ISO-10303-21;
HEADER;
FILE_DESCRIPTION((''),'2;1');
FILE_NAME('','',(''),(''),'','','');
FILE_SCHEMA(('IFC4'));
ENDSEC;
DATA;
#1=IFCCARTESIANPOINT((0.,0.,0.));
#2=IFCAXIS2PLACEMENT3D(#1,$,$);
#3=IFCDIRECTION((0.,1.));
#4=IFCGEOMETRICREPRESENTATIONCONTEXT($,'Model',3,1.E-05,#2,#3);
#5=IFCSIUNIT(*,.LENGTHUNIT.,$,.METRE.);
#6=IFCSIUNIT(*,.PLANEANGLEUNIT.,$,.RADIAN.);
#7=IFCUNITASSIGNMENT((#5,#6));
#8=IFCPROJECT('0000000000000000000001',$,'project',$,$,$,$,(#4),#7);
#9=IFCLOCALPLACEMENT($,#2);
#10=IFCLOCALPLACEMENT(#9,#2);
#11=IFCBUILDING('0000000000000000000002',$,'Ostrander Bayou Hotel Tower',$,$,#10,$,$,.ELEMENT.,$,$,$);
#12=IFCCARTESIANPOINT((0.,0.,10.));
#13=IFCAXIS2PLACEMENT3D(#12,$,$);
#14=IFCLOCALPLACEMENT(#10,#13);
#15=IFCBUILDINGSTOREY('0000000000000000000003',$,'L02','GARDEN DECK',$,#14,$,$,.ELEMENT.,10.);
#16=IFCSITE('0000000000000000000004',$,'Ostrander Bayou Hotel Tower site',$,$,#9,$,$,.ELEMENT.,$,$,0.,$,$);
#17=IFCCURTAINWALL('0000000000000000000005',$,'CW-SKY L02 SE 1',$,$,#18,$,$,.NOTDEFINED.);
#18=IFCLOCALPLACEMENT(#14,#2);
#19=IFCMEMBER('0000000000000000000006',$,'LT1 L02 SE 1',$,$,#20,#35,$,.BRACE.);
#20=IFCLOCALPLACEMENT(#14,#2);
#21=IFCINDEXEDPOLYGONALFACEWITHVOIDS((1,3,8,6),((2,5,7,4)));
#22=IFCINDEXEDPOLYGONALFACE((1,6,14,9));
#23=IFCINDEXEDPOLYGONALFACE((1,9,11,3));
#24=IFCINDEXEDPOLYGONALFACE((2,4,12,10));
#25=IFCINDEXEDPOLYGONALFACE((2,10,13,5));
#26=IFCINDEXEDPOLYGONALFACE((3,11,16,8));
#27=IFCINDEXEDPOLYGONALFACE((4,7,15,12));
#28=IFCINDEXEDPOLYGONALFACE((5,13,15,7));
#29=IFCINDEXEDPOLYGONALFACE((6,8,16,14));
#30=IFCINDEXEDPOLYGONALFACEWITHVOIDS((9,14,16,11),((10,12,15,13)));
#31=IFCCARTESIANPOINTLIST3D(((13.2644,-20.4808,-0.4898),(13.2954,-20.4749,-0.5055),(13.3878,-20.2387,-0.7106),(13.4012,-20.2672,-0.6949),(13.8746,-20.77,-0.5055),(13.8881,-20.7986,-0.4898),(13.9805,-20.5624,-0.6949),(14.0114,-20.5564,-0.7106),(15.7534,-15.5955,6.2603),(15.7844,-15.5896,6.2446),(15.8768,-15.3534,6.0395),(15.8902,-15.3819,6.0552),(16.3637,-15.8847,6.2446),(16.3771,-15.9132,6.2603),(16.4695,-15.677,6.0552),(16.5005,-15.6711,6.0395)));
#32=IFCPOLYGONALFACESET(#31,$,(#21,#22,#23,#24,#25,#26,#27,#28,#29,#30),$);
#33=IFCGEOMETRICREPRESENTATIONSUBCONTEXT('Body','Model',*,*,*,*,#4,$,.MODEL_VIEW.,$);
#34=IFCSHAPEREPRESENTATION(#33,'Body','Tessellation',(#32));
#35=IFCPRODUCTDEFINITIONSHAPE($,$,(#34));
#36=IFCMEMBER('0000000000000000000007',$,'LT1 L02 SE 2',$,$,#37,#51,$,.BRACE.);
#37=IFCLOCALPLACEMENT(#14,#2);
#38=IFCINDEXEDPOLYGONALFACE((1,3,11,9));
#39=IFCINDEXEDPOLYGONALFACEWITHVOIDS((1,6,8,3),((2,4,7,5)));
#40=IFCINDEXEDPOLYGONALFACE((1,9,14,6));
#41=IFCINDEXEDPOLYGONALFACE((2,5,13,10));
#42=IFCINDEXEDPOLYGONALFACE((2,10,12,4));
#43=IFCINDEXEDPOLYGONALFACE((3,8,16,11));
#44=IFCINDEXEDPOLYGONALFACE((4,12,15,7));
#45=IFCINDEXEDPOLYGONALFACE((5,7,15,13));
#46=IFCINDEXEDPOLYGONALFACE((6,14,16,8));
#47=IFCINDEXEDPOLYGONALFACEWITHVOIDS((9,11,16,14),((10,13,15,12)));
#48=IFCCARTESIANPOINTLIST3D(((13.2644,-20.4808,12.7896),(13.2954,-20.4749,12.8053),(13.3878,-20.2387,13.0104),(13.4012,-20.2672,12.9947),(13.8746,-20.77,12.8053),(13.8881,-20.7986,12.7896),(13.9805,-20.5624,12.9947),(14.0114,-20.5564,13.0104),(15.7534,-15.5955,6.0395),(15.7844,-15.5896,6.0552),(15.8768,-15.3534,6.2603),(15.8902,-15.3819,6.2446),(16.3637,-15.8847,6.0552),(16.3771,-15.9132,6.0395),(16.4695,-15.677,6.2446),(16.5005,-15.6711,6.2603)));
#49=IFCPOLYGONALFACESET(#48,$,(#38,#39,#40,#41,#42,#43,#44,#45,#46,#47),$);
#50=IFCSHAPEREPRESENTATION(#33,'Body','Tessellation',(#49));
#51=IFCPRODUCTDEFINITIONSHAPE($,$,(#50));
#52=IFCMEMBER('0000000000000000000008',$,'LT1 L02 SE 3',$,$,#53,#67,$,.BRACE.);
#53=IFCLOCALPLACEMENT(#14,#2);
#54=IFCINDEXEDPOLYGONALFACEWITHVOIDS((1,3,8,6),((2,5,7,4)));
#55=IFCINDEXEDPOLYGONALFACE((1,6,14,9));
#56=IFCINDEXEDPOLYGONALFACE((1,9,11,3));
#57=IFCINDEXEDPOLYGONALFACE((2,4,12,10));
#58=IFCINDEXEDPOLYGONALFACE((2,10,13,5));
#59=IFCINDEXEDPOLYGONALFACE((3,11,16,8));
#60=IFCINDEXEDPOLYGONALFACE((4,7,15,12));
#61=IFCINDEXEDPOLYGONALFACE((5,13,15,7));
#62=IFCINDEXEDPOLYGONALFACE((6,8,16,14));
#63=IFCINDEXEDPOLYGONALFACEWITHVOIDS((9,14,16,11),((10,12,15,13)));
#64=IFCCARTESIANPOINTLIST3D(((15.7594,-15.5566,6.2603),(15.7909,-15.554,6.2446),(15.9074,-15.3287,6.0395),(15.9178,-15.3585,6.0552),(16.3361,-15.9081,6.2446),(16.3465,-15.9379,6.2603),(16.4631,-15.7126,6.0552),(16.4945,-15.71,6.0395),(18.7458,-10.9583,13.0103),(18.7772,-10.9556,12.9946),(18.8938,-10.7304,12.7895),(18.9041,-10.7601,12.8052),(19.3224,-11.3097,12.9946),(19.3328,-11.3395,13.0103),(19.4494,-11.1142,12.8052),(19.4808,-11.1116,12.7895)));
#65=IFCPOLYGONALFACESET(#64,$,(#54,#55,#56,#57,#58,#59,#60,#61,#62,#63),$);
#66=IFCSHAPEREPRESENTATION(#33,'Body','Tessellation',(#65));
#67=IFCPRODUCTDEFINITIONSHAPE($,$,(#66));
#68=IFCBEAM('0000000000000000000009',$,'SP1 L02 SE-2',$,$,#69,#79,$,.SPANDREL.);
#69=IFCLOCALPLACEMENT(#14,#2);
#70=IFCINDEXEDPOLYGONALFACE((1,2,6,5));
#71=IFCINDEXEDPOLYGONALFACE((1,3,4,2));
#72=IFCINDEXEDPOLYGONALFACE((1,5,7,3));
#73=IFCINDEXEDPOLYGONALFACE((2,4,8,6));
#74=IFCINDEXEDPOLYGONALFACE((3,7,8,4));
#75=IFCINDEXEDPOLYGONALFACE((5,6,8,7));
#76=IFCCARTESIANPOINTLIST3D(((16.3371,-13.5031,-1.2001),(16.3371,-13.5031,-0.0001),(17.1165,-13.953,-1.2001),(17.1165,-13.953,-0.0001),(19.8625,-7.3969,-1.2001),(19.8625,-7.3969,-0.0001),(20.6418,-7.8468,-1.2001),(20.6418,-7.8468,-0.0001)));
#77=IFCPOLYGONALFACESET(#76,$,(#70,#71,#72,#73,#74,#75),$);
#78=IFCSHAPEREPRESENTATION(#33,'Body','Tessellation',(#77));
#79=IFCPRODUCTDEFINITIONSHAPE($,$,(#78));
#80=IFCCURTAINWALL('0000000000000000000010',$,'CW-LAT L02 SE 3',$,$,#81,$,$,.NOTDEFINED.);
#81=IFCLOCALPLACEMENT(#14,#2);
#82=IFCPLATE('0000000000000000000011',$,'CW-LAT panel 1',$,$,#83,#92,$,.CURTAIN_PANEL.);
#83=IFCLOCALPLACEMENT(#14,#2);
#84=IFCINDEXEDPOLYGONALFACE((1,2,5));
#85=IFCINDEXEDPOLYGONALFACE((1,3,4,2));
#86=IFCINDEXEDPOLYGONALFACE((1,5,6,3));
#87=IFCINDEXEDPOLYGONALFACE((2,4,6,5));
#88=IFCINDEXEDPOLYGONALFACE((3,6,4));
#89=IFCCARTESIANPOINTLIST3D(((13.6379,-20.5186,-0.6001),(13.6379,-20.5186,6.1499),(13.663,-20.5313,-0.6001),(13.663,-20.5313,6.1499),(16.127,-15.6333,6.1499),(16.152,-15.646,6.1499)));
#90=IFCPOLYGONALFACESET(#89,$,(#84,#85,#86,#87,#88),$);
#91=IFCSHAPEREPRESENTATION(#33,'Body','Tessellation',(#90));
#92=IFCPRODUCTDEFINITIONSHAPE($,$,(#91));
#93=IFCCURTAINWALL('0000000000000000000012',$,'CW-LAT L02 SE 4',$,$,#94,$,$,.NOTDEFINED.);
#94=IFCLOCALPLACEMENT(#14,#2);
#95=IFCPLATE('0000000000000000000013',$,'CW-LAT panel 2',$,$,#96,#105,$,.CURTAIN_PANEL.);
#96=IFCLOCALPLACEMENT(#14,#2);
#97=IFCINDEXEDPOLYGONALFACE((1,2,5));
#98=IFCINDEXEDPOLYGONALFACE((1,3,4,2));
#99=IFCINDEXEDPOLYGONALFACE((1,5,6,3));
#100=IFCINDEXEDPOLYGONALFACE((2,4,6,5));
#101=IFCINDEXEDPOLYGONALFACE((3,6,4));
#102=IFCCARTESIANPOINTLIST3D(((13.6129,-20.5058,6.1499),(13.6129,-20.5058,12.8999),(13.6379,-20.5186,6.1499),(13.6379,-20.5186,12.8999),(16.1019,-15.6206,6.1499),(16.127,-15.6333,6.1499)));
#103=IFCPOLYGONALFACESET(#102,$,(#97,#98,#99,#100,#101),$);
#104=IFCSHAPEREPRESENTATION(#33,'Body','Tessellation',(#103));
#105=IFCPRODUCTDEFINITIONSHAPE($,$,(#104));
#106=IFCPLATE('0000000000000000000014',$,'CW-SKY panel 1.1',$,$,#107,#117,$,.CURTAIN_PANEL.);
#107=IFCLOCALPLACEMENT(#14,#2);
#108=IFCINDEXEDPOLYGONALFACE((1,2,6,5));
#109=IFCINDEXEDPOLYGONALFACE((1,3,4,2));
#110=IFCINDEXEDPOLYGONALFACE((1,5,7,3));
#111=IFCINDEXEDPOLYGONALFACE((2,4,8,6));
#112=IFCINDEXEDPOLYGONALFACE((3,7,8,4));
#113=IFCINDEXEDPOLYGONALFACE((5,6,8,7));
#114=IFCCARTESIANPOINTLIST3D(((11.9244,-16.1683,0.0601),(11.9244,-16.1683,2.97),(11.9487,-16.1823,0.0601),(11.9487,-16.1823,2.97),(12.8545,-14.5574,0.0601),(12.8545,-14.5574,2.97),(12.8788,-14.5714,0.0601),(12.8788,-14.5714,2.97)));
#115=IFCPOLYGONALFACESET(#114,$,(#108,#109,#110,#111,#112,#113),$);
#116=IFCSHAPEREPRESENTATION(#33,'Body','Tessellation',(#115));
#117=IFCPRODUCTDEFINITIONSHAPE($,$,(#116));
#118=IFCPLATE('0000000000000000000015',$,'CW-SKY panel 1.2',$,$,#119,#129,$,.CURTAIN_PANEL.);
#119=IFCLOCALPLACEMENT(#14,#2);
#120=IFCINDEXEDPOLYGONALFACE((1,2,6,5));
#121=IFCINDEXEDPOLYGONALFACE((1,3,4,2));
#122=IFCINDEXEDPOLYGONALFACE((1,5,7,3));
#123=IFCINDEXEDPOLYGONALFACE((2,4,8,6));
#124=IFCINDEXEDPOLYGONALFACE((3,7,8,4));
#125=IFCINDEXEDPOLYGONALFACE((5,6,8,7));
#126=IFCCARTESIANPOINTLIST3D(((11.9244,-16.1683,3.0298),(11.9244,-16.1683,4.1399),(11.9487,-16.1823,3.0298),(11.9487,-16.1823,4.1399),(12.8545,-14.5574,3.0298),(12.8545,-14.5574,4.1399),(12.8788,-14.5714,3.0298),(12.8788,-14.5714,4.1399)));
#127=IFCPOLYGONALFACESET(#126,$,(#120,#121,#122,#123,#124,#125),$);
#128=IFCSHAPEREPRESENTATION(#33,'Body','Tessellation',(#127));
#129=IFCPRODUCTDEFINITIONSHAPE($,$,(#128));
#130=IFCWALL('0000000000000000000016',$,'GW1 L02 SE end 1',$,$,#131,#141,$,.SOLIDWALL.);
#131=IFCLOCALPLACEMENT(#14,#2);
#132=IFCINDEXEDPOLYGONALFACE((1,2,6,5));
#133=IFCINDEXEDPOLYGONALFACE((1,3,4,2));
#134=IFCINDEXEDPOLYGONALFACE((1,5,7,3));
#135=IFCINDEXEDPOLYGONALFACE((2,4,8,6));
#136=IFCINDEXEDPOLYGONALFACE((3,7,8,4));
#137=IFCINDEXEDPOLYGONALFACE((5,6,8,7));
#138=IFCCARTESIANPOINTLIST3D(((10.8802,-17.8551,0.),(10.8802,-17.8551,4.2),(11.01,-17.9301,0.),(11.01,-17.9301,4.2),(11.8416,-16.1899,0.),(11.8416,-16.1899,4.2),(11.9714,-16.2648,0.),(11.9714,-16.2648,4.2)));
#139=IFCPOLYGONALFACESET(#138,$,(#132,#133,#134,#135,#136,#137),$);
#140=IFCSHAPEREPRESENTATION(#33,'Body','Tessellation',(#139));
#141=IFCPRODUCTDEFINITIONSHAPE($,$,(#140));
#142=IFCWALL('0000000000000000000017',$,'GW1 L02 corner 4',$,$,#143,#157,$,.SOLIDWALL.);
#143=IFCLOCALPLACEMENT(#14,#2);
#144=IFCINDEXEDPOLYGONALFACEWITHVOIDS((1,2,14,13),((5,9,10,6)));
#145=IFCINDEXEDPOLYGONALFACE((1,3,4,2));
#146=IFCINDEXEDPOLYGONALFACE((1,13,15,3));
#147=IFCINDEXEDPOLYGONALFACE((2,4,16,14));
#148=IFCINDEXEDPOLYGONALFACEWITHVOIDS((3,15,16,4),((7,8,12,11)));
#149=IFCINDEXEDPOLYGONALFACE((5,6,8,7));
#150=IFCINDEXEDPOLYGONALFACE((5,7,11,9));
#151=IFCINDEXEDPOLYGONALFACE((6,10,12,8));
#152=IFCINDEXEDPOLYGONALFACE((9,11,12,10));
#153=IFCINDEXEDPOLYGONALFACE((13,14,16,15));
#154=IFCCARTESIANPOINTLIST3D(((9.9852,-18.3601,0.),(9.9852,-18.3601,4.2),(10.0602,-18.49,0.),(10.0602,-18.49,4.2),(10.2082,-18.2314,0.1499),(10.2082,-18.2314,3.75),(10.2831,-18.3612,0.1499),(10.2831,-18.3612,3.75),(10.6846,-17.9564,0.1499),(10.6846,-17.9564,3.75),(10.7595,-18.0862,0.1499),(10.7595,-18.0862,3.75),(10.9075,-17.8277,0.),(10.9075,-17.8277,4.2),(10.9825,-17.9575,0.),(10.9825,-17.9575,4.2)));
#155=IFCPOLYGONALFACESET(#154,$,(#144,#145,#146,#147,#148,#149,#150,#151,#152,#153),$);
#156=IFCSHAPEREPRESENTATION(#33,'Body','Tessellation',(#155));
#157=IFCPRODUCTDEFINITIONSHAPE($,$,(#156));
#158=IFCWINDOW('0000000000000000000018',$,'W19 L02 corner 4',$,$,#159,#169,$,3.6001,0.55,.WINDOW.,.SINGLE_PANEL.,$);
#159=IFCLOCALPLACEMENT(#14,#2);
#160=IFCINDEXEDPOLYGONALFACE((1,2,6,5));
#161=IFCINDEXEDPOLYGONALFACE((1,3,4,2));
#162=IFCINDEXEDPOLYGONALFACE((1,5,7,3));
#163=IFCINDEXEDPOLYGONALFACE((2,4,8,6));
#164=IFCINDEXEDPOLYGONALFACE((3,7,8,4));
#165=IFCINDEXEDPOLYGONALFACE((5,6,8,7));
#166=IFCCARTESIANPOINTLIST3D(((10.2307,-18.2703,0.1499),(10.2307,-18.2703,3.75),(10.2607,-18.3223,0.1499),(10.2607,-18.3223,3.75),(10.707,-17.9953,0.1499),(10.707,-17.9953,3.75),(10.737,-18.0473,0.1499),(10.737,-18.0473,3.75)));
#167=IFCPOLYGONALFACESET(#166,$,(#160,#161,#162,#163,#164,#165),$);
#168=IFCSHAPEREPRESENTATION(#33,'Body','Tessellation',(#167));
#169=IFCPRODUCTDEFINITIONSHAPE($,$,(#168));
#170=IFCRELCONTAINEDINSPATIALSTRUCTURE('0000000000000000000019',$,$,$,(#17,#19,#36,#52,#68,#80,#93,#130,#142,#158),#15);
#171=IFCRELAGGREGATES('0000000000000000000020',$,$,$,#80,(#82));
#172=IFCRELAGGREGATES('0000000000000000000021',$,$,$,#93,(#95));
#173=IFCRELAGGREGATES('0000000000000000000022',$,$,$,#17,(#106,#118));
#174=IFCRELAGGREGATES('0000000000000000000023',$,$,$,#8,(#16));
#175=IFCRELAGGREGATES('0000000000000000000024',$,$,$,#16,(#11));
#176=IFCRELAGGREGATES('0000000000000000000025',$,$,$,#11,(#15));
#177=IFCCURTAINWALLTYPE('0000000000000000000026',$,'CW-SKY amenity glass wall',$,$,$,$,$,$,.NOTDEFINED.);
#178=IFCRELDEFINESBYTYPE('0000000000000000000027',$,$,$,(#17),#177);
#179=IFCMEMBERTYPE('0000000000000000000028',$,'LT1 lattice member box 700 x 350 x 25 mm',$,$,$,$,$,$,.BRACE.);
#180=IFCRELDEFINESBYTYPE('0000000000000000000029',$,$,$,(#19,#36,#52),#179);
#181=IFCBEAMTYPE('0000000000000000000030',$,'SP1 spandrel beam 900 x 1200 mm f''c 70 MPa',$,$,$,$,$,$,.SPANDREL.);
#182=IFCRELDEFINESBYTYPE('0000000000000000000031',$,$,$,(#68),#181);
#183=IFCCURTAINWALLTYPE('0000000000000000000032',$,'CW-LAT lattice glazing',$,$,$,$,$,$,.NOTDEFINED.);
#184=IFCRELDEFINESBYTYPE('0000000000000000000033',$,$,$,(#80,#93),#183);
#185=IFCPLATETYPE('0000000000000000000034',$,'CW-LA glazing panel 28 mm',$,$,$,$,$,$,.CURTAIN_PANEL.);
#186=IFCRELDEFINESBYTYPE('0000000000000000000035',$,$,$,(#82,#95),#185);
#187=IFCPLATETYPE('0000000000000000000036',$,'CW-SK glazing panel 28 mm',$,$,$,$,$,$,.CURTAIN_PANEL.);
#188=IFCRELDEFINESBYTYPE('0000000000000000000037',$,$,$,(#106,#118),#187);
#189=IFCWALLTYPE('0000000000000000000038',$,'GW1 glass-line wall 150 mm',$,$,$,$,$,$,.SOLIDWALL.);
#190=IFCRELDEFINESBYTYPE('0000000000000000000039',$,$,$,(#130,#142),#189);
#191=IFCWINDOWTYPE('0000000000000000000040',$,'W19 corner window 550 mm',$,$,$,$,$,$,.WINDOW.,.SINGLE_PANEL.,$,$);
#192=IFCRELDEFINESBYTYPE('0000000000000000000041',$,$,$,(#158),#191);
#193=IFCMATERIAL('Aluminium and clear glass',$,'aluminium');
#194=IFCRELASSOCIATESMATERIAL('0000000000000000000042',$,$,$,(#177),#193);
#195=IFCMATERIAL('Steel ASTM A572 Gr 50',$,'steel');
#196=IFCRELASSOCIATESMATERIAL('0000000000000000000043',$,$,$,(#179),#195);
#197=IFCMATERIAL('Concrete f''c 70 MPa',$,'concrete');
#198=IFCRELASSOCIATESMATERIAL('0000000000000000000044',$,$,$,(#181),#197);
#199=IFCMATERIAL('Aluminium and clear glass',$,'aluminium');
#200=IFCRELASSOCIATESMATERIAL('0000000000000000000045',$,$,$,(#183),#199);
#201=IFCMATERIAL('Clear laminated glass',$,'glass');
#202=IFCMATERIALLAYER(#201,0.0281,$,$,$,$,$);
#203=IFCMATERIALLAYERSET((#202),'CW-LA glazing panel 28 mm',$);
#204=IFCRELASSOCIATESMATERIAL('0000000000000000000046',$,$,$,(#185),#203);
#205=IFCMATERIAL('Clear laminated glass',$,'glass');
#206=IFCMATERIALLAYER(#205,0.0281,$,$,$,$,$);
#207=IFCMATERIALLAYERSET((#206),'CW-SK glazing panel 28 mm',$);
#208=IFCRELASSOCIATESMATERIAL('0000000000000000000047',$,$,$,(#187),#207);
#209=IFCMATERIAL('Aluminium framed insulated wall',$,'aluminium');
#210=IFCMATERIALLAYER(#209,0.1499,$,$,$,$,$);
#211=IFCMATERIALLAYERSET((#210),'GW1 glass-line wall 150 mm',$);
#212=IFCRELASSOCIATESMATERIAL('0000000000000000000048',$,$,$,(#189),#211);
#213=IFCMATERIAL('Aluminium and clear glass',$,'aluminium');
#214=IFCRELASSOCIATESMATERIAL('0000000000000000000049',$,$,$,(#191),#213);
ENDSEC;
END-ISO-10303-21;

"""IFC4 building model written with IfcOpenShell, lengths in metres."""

from ifc_helpers import new_model, si_unit, direction, frame, frame_2d, origin, origin_2d, place, context, subcontext, project, spatial, polyline, rectangle, hollow_rectangle, outline, extrude, material, layer, layer_set, material_profile, profile_set, type_object, element, fill, aggregate, save


model = new_model("IFC4")

# Units and contexts
model_context = context("Model", 3, precision=1e-05, world=origin(), true_north=direction((0.0, 1.0)))
body_context = subcontext(model_context, "Body", "Model", "MODEL_VIEW")
ifc_project = project(units=[si_unit("LENGTHUNIT", "METRE"), si_unit("PLANEANGLEUNIT", "RADIAN")], contexts=[model_context])

# Site, building, storey
site_placement = place(None, origin())
site = spatial("IfcSite", under=ifc_project, at=site_placement, Name="Ostrander Bayou Hotel Tower site", CompositionType="ELEMENT", RefElevation=0.0)
building_placement = place(site_placement, origin())
building = spatial("IfcBuilding", under=site, at=building_placement, Name="Ostrander Bayou Hotel Tower", CompositionType="ELEMENT")
storey_placement = place(building_placement, frame((0.0, 0.0, 10.0)))
storey = spatial("IfcBuildingStorey", under=building, at=storey_placement, Name="L02", Description="GARDEN DECK", CompositionType="ELEMENT", Elevation=10.0)

# Curtain wall
ifc_material_1 = material(Name="Aluminium and clear glass", Category="aluminium")
curtain_wall_type_1 = type_object("IfcCurtainWallType", Name="CW-SKY amenity glass wall", PredefinedType="NOTDEFINED", material=ifc_material_1)
curtain_wall_1_placement = place(storey_placement, origin())
curtain_wall_1 = element("IfcCurtainWall", 1, at=curtain_wall_1_placement, inside=storey, type_object=curtain_wall_type_1, Name="CW-SKY L02 SE 1", PredefinedType="NOTDEFINED")

# Members
ifc_material_2 = material(Name="Steel ASTM A572 Gr 50", Category="steel")
ifc_material_profile_1 = material_profile(ifc_material_2, hollow_rectangle(XDim=0.7, YDim=0.3501, WallThickness=0.0249, at=origin_2d()))
ifc_profile_set_1 = profile_set([ifc_material_profile_1], Name="Steel ASTM A572 Gr 50")
member_type_1 = type_object("IfcMemberType", Name="LT1 lattice member box 700 x 350 x 25 mm", PredefinedType="BRACE", material=ifc_profile_set_1)
for number, where, z_axis, x_axis, name in (
    (2, (16.127, -15.6333, 6.1499), (-0.286219, -0.561771, -0.776204), (0.891017, -0.453969, 0.0), "LT1 L02 SE 1"),
    (3, (16.127, -15.6333, 6.1499), (-0.286219, -0.561771, 0.776204), (0.891017, -0.453969, 0.0), "LT1 L02 SE 2"),
    (4, (16.127, -15.6333, 6.1499), (0.343402, 0.528775, 0.776191), (-0.838662, 0.544652, 0.0), "LT1 L02 SE 3"),
):
    element("IfcMember", number, at=place(storey_placement, frame(where, z_axis=z_axis, x_axis=x_axis)), inside=storey, type_object=member_type_1, Name=name, PredefinedType="BRACE", context=body_context, shape_type="SweptSolid", body=[
        extrude(hollow_rectangle(XDim=0.7, YDim=0.3501, WallThickness=0.0249, at=origin_2d()), origin(), (0.0, 0.0, 1.0), 8.6963),
    ])

# Beam
ifc_material_3 = material(Name="Concrete f'c 70 MPa", Category="concrete")
ifc_material_profile_2 = material_profile(ifc_material_3, rectangle(XDim=0.8999, YDim=1.2, at=origin_2d()))
ifc_profile_set_2 = profile_set([ifc_material_profile_2], Name="Concrete f'c 70 MPa")
beam_type_1 = type_object("IfcBeamType", Name="SP1 spandrel beam 900 x 1200 mm f'c 70 MPa", PredefinedType="SPANDREL", material=ifc_profile_set_2)
beam_1_placement = place(storey_placement, frame((16.7268, -13.728, -0.6001), z_axis=(0.499997, 0.866027, 0.0), x_axis=(-0.866027, 0.499997, 0.0)))
element("IfcBeam", 5, at=beam_1_placement, inside=storey, type_object=beam_type_1, Name="SP1 L02 SE-2", PredefinedType="SPANDREL", context=body_context, shape_type="SweptSolid", body=[
    extrude(rectangle(XDim=0.8999, YDim=1.2, at=origin_2d()), origin(), (0.0, 0.0, 1.0), 7.0508),
])

# Curtain walls, plates
ifc_material_4 = material(Name="Aluminium and clear glass", Category="aluminium")
curtain_wall_type_2 = type_object("IfcCurtainWallType", Name="CW-LAT lattice glazing", PredefinedType="NOTDEFINED", material=ifc_material_4)
curtain_wall_2_placement = place(storey_placement, origin())
curtain_wall_2 = element("IfcCurtainWall", 6, at=curtain_wall_2_placement, inside=storey, type_object=curtain_wall_type_2, Name="CW-LAT L02 SE 3", PredefinedType="NOTDEFINED")
ifc_material_5 = material(Name="Clear laminated glass", Category="glass")
ifc_layer_1 = layer(ifc_material_5, 0.0281)
ifc_layer_set_1 = layer_set([ifc_layer_1], Name="CW-LA glazing panel 28 mm")
plate_type_1 = type_object("IfcPlateType", Name="CW-LA glazing panel 28 mm", PredefinedType="CURTAIN_PANEL", material=ifc_layer_set_1)
plate_1_placement = place(storey_placement, frame((16.127, -15.6333, 6.1499), z_axis=(-0.891017, 0.453969, 0.0), x_axis=(-0.286219, -0.561771, -0.776204)))
plate_1 = element("IfcPlate", 7, at=plate_1_placement, type_object=plate_type_1, Name="CW-LAT panel 1", PredefinedType="CURTAIN_PANEL", context=body_context, shape_type="SweptSolid", body=[
    extrude(outline(polyline([(0.0, 0.0), (8.6962, 0.0), (3.4568, 4.2558), (0.0, 0.0)])), origin(), (0.0, 0.0, -1.0), 0.0281),
])
aggregate(curtain_wall_2, [plate_1])
curtain_wall_3_placement = place(storey_placement, origin())
curtain_wall_3 = element("IfcCurtainWall", 8, at=curtain_wall_3_placement, inside=storey, type_object=curtain_wall_type_2, Name="CW-LAT L02 SE 4", PredefinedType="NOTDEFINED")
plate_2_placement = place(storey_placement, frame((16.127, -15.6333, 6.1499), z_axis=(0.891017, -0.453969, 0.0), x_axis=(-0.286219, -0.561771, 0.776204)))
plate_2 = element("IfcPlate", 9, at=plate_2_placement, type_object=plate_type_1, Name="CW-LAT panel 2", PredefinedType="CURTAIN_PANEL", context=body_context, shape_type="SweptSolid", body=[
    extrude(outline(polyline([(0.0, 0.0), (8.6962, 0.0), (3.4568, 4.2558), (0.0, 0.0)])), origin(), (0.0, 0.0, -1.0), 0.0281),
])
aggregate(curtain_wall_3, [plate_2])

# Plates
ifc_material_6 = material(Name="Clear laminated glass", Category="glass")
ifc_layer_2 = layer(ifc_material_6, 0.0281)
ifc_layer_set_2 = layer_set([ifc_layer_2], Name="CW-SK glazing panel 28 mm")
plate_type_2 = type_object("IfcPlateType", Name="CW-SK glazing panel 28 mm", PredefinedType="CURTAIN_PANEL", material=ifc_layer_set_2)
plate_3_placement = place(storey_placement, frame((12.4016, -15.3699, 0.0601), z_axis=(0.0, 0.0, 1.0), x_axis=(0.5, 0.866025, 0.0)))
plate_3 = element("IfcPlate", 10, at=plate_3_placement, type_object=plate_type_2, Name="CW-SKY panel 1.1", PredefinedType="CURTAIN_PANEL", context=body_context, shape_type="SweptSolid", body=[
    extrude(rectangle(XDim=1.8601, YDim=0.0281, at=origin_2d()), origin(), (0.0, 0.0, 1.0), 2.9099),
])
plate_4_placement = place(storey_placement, frame((12.4016, -15.3699, 3.0298), z_axis=(0.0, 0.0, 1.0), x_axis=(0.5, 0.866025, 0.0)))
plate_4 = element("IfcPlate", 11, at=plate_4_placement, type_object=plate_type_2, Name="CW-SKY panel 1.2", PredefinedType="CURTAIN_PANEL", context=body_context, shape_type="SweptSolid", body=[
    extrude(rectangle(XDim=1.8601, YDim=0.0281, at=origin_2d()), origin(), (0.0, 0.0, 1.0), 1.1101),
])
aggregate(curtain_wall_1, [plate_3, plate_4])

# Wall
ifc_material_7 = material(Name="Aluminium framed insulated wall", Category="aluminium")
ifc_layer_3 = layer(ifc_material_7, 0.1499)
ifc_layer_set_3 = layer_set([ifc_layer_3], Name="GW1 glass-line wall 150 mm")
wall_type = type_object("IfcWallType", Name="GW1 glass-line wall 150 mm", PredefinedType="SOLIDWALL", material=ifc_layer_set_3)
wall_1_placement = place(storey_placement, frame((10.9451, -17.8926, 0.0), z_axis=(0.0, 0.0, 1.0), x_axis=(0.49999, 0.866031, 0.0)))
element("IfcWall", 12, at=wall_1_placement, inside=storey, type_object=wall_type, Name="GW1 L02 SE end 1", PredefinedType="SOLIDWALL", context=body_context, shape_type="SweptSolid", body=[
    extrude(rectangle(XDim=1.9229, YDim=0.1499, at=frame_2d((0.9614, 0.0))), origin(), (0.0, 0.0, 1.0), 4.2),
])

# Wall, opening, window
wall_2_placement = place(storey_placement, frame((10.0227, -18.425, 0.0), z_axis=(0.0, 0.0, 1.0), x_axis=(0.866048, 0.499961, 0.0)))
wall_2 = element("IfcWall", 13, at=wall_2_placement, inside=storey, type_object=wall_type, Name="GW1 L02 corner 4", PredefinedType="SOLIDWALL", context=body_context, shape_type="SweptSolid", body=[
    extrude(rectangle(XDim=1.0649, YDim=0.1499, at=frame_2d((0.5325, 0.0))), origin(), (0.0, 0.0, 1.0), 4.2),
])
opening_placement = place(wall_2_placement, frame((0.2576, 0.0, 0.1499)))
opening = element("IfcOpeningElement", 14, at=opening_placement, cuts=wall_2, PredefinedType="OPENING", context=body_context, shape_type="SweptSolid", body=[
    extrude(rectangle(XDim=0.55, YDim=3.6001, at=frame_2d((0.2749, 1.8))), frame((0.0, 0.075, 0.0), z_axis=(0.0, -1.0, 0.0), x_axis=(1.0, 0.0, 0.0)), (0.0, 0.0, 1.0), 0.1499),
])
ifc_material_8 = material(Name="Aluminium and clear glass", Category="aluminium")
window_type = type_object("IfcWindowType", Name="W19 corner window 550 mm", PartitioningType="SINGLE_PANEL", PredefinedType="WINDOW", material=ifc_material_8)
window_placement = place(opening_placement, origin())
window = element("IfcWindow", 15, at=window_placement, inside=storey, type_object=window_type, Name="W19 L02 corner 4", OverallHeight=3.6001, OverallWidth=0.55, PartitioningType="SINGLE_PANEL", PredefinedType="WINDOW", context=body_context, shape_type="SweptSolid", body=[
    extrude(rectangle(XDim=0.55, YDim=3.6001, at=frame_2d((0.2749, 1.8))), frame((0.0, 0.03, 0.0), z_axis=(0.0, -1.0, 0.0), x_axis=(1.0, 0.0, 0.0)), (0.0, 0.0, 1.0), 0.0601),
])
fill(opening, window)

save(model, "model.ifc")
